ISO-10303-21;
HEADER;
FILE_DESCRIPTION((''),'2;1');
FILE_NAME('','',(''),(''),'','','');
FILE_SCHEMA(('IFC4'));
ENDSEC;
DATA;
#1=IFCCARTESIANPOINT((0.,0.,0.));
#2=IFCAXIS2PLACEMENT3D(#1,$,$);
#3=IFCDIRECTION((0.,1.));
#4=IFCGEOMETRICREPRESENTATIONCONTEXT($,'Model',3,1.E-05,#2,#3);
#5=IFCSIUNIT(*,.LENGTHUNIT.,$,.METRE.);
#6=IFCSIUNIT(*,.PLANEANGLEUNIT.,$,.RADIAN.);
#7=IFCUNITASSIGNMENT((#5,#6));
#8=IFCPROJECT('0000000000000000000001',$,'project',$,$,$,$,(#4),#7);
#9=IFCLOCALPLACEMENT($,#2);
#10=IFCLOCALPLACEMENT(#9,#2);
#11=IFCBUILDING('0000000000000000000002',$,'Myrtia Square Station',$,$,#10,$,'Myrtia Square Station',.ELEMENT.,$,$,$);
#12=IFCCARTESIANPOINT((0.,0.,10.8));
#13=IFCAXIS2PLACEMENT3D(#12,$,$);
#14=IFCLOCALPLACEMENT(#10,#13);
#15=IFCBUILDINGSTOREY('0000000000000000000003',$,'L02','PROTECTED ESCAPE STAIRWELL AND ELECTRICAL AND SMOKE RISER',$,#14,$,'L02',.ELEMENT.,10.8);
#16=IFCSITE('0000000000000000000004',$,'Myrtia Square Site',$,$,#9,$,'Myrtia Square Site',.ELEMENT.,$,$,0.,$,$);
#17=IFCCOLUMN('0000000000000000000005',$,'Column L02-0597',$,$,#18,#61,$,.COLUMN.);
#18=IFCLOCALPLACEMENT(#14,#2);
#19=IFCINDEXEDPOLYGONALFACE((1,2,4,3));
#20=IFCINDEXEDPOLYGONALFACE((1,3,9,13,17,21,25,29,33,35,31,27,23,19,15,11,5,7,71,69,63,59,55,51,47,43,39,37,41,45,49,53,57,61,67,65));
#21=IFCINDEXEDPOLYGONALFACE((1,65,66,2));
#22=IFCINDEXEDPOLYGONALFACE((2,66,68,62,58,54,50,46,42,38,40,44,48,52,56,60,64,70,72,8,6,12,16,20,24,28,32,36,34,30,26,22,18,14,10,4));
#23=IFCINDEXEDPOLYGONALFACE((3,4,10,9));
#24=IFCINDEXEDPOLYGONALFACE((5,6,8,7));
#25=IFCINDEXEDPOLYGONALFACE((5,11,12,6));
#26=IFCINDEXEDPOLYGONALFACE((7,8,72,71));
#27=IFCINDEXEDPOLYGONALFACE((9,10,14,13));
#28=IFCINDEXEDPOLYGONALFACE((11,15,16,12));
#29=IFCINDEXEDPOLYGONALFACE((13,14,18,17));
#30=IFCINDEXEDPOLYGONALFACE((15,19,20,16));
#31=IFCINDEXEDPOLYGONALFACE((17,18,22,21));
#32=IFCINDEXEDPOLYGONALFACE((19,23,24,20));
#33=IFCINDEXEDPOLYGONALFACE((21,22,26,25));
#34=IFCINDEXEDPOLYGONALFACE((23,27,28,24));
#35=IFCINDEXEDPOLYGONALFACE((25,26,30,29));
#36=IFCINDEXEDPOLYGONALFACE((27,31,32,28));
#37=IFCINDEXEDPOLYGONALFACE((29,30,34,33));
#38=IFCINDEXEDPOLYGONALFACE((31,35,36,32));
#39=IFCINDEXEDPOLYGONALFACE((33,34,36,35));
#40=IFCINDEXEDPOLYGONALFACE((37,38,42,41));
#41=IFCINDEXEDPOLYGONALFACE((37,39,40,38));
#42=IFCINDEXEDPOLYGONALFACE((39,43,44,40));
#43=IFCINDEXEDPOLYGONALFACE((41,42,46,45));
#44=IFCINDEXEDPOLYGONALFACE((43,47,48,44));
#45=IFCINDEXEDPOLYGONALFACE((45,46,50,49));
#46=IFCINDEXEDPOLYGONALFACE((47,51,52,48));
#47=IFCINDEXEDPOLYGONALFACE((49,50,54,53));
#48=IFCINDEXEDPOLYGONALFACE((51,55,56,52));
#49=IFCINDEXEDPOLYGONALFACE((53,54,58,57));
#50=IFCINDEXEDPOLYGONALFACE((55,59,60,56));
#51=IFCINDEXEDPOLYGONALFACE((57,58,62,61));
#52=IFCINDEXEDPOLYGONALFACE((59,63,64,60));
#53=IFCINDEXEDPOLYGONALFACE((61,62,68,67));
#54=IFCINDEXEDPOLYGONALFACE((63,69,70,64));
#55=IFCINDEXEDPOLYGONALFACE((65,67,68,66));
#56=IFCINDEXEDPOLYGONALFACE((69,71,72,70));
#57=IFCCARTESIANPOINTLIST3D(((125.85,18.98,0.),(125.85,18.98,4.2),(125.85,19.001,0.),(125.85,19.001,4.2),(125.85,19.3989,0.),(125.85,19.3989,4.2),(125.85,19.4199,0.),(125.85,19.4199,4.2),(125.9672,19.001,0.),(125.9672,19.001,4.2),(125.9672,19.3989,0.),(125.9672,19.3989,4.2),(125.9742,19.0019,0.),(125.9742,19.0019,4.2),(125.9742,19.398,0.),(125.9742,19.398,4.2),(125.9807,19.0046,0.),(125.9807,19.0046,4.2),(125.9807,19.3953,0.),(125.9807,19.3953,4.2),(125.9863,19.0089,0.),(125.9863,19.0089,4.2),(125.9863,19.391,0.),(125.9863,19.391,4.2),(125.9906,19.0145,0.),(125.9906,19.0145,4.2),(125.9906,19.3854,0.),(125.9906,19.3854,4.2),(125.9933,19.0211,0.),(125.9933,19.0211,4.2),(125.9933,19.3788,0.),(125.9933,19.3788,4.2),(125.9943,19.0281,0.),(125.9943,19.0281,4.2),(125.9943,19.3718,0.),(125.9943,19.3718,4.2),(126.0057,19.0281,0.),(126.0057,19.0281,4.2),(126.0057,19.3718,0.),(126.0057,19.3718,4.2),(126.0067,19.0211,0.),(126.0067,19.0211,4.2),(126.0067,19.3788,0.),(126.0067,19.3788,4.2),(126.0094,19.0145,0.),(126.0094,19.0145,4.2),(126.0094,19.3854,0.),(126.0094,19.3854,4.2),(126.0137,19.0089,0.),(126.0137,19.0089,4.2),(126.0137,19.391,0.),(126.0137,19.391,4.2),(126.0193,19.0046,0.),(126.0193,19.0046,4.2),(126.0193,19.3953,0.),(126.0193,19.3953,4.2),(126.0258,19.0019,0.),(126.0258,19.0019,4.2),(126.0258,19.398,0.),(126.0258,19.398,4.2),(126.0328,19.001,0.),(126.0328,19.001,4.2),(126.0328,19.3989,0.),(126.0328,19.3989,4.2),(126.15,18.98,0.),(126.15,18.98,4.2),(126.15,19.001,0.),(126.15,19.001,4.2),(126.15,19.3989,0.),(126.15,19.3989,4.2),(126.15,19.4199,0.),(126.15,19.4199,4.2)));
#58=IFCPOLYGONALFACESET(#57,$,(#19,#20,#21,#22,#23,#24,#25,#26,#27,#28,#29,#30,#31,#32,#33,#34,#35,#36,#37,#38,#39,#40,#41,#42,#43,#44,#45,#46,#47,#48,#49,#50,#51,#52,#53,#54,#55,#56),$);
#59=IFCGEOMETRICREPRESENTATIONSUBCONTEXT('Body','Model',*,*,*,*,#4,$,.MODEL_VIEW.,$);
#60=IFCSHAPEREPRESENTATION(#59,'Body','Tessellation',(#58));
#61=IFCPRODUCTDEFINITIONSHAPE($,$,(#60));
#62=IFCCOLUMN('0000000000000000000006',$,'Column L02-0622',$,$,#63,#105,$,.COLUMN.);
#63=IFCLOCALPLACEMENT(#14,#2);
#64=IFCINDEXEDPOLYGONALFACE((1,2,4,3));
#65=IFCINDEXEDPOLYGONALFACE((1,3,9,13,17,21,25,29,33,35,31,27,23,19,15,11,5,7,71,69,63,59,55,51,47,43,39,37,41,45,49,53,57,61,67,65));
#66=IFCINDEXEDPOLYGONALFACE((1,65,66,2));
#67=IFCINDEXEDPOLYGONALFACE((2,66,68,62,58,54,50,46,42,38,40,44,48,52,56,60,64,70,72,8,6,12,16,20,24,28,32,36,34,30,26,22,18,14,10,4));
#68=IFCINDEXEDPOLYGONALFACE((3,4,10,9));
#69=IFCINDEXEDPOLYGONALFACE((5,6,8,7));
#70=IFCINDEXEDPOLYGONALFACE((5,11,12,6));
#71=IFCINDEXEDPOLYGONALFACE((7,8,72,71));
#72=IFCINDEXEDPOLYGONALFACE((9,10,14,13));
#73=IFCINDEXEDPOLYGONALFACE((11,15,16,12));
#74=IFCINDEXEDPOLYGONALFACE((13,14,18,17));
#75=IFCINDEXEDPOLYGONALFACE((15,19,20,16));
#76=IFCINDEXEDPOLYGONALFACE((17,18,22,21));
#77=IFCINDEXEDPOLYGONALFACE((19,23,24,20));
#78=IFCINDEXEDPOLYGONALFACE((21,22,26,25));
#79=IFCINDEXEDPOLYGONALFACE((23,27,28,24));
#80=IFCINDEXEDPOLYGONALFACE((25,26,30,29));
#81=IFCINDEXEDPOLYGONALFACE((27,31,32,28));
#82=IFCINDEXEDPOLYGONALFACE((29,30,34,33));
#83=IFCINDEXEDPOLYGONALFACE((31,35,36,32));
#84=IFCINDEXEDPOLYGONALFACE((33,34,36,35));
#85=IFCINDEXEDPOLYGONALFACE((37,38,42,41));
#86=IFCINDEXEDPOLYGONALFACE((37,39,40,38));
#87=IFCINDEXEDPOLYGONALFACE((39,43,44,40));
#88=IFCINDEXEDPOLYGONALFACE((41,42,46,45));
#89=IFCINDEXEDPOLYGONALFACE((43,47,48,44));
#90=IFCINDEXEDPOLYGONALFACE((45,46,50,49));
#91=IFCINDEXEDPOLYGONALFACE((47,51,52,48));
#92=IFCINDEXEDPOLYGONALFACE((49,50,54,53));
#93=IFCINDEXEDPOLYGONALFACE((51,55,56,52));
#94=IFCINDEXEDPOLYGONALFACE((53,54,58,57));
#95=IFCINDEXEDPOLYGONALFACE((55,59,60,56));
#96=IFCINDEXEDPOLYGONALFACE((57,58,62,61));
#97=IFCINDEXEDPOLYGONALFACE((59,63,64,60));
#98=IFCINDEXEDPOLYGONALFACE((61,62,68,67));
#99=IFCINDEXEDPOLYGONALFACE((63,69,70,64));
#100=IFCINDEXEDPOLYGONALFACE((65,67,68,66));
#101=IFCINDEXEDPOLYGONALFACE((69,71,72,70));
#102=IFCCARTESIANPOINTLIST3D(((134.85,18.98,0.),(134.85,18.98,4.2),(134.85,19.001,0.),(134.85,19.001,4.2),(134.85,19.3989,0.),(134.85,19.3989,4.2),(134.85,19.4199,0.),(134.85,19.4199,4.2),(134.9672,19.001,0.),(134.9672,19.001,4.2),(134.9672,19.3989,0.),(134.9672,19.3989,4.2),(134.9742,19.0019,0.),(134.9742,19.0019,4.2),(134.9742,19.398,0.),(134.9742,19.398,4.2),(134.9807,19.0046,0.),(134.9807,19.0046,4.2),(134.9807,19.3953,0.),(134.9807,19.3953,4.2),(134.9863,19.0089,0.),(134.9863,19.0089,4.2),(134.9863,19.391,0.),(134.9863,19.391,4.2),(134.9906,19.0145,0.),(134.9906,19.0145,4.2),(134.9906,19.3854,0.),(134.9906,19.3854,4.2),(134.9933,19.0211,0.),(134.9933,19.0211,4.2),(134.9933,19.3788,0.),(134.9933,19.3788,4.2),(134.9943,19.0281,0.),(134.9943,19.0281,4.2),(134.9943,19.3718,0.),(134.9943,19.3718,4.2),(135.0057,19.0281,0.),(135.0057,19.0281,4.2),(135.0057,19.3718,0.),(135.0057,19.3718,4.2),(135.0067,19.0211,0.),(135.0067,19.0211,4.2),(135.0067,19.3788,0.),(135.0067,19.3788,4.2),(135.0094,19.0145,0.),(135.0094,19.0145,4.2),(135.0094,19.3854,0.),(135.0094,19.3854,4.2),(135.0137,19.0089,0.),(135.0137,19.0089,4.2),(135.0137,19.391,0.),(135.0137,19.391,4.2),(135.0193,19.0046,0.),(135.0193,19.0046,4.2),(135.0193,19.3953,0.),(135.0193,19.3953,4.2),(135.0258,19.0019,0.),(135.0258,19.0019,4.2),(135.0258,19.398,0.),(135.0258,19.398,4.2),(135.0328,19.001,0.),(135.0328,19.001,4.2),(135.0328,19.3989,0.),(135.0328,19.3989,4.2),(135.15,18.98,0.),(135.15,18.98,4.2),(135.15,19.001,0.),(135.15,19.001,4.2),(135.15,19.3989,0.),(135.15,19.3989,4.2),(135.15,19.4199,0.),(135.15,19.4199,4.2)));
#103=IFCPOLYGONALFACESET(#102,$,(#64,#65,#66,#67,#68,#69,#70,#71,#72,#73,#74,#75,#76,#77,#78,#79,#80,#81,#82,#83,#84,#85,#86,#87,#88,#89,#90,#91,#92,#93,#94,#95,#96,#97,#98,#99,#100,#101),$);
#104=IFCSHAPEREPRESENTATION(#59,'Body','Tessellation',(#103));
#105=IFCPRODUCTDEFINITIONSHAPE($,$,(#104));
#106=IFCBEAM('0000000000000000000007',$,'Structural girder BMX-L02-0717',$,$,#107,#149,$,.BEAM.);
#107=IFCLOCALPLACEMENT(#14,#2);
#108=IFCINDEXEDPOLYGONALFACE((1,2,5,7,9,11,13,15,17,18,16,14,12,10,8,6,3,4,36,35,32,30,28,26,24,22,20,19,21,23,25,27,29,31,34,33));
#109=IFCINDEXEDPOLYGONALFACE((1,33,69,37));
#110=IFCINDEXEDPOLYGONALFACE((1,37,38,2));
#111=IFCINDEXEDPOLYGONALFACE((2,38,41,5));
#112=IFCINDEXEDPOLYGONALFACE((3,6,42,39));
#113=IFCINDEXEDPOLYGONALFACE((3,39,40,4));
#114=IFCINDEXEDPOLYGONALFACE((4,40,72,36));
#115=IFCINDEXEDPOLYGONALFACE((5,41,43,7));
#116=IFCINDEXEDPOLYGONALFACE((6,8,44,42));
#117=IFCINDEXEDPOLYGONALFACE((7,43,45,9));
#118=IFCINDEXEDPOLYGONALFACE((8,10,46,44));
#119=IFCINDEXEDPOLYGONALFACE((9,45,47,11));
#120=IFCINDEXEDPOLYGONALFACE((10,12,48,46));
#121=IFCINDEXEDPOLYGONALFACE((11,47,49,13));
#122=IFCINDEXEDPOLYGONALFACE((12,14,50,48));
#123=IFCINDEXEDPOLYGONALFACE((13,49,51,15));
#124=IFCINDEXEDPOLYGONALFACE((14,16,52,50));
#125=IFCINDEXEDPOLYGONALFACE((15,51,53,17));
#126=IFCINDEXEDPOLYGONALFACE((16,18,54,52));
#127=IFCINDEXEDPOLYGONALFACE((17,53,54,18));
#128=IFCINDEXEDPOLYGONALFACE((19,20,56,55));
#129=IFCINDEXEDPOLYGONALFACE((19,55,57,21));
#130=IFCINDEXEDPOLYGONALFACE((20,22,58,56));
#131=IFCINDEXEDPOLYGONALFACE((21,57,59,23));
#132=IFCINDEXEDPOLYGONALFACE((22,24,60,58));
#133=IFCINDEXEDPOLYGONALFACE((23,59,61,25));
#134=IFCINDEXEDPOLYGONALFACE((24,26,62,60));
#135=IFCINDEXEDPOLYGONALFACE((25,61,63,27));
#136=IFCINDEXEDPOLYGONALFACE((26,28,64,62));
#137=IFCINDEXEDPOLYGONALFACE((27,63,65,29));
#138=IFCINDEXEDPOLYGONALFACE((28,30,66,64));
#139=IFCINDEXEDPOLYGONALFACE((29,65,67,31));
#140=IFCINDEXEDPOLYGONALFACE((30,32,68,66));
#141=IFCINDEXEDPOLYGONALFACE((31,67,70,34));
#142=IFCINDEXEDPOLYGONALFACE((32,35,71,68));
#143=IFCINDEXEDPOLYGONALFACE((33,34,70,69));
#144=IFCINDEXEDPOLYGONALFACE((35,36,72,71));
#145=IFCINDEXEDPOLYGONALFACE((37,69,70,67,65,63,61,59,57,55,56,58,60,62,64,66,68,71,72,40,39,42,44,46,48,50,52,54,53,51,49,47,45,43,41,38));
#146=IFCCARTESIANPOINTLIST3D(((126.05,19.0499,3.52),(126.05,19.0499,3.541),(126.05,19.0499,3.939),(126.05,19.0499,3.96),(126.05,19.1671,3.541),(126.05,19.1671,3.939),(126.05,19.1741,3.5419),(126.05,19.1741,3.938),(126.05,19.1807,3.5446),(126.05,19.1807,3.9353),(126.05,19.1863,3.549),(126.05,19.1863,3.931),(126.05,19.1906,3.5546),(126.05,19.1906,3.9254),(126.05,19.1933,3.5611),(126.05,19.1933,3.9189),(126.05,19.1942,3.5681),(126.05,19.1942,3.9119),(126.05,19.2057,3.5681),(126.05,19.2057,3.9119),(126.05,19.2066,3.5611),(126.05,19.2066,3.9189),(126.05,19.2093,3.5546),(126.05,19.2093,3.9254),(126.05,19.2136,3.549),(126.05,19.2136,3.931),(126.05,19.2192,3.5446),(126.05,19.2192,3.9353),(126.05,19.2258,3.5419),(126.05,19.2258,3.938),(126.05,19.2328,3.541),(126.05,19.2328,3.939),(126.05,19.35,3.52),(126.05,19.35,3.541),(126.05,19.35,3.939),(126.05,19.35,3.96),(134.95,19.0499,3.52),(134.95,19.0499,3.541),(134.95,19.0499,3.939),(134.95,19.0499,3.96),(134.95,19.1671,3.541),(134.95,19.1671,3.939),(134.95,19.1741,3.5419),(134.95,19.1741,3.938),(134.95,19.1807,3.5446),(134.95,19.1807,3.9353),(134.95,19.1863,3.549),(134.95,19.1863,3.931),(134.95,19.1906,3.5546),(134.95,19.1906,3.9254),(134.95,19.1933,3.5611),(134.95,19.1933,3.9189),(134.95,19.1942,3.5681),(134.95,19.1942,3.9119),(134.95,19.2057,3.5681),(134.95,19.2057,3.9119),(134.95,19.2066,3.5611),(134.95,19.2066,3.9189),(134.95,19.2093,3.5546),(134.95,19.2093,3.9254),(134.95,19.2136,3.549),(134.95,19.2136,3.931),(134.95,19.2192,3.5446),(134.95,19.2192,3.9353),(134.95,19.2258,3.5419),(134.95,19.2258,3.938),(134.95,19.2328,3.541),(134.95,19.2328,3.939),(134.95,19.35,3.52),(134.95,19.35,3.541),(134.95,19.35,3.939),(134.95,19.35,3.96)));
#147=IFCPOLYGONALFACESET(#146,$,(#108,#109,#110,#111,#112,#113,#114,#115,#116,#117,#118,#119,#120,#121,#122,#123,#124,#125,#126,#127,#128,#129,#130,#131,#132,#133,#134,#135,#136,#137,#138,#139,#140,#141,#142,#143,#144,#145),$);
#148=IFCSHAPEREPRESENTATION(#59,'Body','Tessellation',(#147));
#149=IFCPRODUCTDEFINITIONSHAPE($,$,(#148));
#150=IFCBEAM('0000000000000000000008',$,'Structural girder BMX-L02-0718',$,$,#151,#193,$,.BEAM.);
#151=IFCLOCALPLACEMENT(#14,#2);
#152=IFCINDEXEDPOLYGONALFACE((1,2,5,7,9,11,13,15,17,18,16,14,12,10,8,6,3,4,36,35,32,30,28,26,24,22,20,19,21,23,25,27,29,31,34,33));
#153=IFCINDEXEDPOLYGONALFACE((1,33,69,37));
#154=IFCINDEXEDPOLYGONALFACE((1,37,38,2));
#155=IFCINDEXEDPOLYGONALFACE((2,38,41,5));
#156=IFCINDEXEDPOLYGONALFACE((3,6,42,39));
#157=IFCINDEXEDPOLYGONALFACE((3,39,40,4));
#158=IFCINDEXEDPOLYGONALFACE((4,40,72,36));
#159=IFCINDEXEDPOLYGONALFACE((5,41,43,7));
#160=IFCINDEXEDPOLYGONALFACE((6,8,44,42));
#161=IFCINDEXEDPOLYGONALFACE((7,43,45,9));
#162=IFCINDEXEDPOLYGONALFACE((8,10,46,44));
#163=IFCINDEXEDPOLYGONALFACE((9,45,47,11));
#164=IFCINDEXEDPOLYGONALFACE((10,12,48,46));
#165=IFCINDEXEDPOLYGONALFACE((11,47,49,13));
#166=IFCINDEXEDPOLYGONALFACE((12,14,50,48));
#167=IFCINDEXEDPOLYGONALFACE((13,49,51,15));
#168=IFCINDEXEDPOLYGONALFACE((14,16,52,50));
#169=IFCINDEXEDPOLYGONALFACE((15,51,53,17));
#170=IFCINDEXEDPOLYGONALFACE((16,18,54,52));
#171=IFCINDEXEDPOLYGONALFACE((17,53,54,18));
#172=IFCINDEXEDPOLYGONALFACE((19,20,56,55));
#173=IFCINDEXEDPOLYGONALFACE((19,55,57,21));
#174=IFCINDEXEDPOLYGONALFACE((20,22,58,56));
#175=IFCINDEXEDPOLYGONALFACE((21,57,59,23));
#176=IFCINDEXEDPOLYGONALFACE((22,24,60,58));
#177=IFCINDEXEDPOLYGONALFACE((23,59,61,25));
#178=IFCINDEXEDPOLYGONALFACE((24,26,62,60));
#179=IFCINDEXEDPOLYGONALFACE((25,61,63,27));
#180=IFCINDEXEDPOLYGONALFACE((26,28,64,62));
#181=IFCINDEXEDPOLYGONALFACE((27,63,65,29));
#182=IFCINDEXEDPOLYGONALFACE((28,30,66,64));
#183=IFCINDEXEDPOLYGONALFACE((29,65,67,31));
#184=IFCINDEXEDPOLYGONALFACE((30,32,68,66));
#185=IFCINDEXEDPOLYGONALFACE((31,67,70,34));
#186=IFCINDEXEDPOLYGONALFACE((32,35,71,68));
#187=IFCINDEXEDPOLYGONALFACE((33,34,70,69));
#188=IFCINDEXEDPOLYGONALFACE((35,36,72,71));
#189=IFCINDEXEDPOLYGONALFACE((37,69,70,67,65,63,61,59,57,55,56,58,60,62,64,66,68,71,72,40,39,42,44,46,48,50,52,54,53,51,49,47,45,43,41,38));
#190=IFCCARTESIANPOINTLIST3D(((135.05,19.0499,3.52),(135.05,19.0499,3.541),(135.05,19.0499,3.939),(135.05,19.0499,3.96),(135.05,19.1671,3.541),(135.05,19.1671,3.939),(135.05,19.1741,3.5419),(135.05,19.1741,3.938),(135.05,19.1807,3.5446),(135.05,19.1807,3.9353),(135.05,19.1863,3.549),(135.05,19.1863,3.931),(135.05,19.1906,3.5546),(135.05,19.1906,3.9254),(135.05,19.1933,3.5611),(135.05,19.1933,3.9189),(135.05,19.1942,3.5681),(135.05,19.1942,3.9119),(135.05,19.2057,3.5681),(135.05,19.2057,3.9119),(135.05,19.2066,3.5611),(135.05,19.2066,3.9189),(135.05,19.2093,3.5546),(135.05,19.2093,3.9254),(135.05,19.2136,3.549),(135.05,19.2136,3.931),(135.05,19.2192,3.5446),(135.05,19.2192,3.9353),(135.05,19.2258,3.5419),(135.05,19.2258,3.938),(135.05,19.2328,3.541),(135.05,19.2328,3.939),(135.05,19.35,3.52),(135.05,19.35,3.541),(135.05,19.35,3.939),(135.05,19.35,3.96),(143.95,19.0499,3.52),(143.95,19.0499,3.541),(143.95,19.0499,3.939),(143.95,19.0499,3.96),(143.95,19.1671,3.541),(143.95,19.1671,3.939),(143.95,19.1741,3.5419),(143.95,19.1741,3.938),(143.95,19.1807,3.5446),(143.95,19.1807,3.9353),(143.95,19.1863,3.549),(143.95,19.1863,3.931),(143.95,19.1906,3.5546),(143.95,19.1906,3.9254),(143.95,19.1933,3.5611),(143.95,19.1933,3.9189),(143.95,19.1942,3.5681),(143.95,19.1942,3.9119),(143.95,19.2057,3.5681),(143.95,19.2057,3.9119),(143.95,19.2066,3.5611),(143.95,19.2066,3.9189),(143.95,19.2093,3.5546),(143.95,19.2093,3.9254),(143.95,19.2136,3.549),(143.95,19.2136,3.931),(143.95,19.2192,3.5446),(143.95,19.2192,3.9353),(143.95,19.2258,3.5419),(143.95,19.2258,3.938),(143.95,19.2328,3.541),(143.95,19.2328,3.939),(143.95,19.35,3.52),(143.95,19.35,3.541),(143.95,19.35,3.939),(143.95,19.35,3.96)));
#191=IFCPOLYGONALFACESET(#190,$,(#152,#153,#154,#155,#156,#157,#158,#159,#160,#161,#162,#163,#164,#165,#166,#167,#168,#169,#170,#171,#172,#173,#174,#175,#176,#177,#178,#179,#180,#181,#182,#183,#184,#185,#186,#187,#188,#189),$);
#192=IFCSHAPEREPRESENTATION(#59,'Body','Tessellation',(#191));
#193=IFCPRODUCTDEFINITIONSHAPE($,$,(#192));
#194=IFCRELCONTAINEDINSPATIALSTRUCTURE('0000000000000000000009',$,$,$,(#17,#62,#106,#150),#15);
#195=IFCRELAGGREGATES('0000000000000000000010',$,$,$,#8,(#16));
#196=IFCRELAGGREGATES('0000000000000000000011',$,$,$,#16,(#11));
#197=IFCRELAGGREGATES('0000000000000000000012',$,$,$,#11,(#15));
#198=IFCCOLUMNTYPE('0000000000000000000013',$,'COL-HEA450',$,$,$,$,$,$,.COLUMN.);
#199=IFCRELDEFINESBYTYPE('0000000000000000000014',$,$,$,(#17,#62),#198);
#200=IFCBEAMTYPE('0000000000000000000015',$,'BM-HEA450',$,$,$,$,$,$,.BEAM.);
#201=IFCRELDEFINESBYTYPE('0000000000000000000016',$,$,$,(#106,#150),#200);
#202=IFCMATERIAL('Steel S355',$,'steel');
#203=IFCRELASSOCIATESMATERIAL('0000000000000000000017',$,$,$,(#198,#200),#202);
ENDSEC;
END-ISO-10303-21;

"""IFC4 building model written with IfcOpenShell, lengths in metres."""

from ifc_helpers import new_model, si_unit, direction, frame, origin, origin_2d, place, context, subcontext, project, spatial, i_section, extrude, material, material_profile, profile_set, type_object, element, save


model = new_model("IFC4")

# Units and contexts
model_context = context("Model", 3, precision=1e-05, world=origin(), true_north=direction((0.0, 1.0)))
body_context = subcontext(model_context, "Body", "Model", "MODEL_VIEW")
ifc_project = project(units=[si_unit("LENGTHUNIT", "METRE"), si_unit("PLANEANGLEUNIT", "RADIAN")], contexts=[model_context])

# Site, building, storey
site_placement = place(None, origin())
site = spatial("IfcSite", under=ifc_project, at=site_placement, Name="Myrtia Square Site", LongName="Myrtia Square Site", CompositionType="ELEMENT", RefElevation=0.0)
building_placement = place(site_placement, origin())
building = spatial("IfcBuilding", under=site, at=building_placement, Name="Myrtia Square Station", LongName="Myrtia Square Station", CompositionType="ELEMENT")
storey_placement = place(building_placement, frame((0.0, 0.0, 10.8)))
storey = spatial("IfcBuildingStorey", under=building, at=storey_placement, Name="L02", Description="PROTECTED ESCAPE STAIRWELL AND ELECTRICAL AND SMOKE RISER", LongName="L02", CompositionType="ELEMENT", Elevation=10.8)

# Columns
ifc_material_1 = material(Name="Steel S355", Category="steel")
ifc_material_profile_1 = material_profile(ifc_material_1, i_section(OverallWidth=0.3, OverallDepth=0.4399, WebThickness=0.0115, FlangeThickness=0.021, FilletRadius=0.0271, at=origin_2d()), Name="HEA 450")
ifc_profile_set_1 = profile_set([ifc_material_profile_1], Name="Steel S355")
column_type = type_object("IfcColumnType", Name="COL-HEA450", PredefinedType="COLUMN", material=ifc_profile_set_1)
for number, where, z_axis, x_axis, name in (
    (1, (126.0, 19.2, 0.0), (0.0, 0.0, 1.0), (1.0, 0.0, 0.0), "Column L02-0597"),
    (2, (135.0, 19.2, 0.0), (0.0, 0.0, 1.0), (1.0, 0.0, 0.0), "Column L02-0622"),
):
    element("IfcColumn", number, at=place(storey_placement, frame(where, z_axis=z_axis, x_axis=x_axis)), inside=storey, type_object=column_type, Name=name, PredefinedType="COLUMN", context=body_context, shape_type="SweptSolid", body=[
        extrude(i_section(OverallWidth=0.3, OverallDepth=0.4399, WebThickness=0.0115, FlangeThickness=0.021, FilletRadius=0.0271, at=origin_2d()), origin(), (0.0, 0.0, 1.0), 4.2),
    ])

# Beams
ifc_material_profile_2 = material_profile(ifc_material_1, i_section(OverallWidth=0.3, OverallDepth=0.4399, WebThickness=0.0115, FlangeThickness=0.021, FilletRadius=0.0271, at=origin_2d()), Name="HEA 450")
ifc_profile_set_2 = profile_set([ifc_material_profile_2], Name="Steel S355")
beam_type_1 = type_object("IfcBeamType", Name="BM-HEA450", PredefinedType="BEAM", material=ifc_profile_set_2)
for number, where, z_axis, x_axis, name in (
    (3, (126.05, 19.2, 3.74), (1.0, 0.0, 0.0), (0.0, 1.0, 0.0), "Structural girder BMX-L02-0717"),
    (4, (135.05, 19.2, 3.74), (1.0, 0.0, 0.0), (0.0, 1.0, 0.0), "Structural girder BMX-L02-0718"),
):
    element("IfcBeam", number, at=place(storey_placement, frame(where, z_axis=z_axis, x_axis=x_axis)), inside=storey, type_object=beam_type_1, Name=name, PredefinedType="BEAM", context=body_context, shape_type="SweptSolid", body=[
        extrude(i_section(OverallWidth=0.3, OverallDepth=0.4399, WebThickness=0.0115, FlangeThickness=0.021, FilletRadius=0.0271, at=origin_2d()), origin(), (0.0, 0.0, 1.0), 8.8999),
    ])

save(model, "model.ifc")
